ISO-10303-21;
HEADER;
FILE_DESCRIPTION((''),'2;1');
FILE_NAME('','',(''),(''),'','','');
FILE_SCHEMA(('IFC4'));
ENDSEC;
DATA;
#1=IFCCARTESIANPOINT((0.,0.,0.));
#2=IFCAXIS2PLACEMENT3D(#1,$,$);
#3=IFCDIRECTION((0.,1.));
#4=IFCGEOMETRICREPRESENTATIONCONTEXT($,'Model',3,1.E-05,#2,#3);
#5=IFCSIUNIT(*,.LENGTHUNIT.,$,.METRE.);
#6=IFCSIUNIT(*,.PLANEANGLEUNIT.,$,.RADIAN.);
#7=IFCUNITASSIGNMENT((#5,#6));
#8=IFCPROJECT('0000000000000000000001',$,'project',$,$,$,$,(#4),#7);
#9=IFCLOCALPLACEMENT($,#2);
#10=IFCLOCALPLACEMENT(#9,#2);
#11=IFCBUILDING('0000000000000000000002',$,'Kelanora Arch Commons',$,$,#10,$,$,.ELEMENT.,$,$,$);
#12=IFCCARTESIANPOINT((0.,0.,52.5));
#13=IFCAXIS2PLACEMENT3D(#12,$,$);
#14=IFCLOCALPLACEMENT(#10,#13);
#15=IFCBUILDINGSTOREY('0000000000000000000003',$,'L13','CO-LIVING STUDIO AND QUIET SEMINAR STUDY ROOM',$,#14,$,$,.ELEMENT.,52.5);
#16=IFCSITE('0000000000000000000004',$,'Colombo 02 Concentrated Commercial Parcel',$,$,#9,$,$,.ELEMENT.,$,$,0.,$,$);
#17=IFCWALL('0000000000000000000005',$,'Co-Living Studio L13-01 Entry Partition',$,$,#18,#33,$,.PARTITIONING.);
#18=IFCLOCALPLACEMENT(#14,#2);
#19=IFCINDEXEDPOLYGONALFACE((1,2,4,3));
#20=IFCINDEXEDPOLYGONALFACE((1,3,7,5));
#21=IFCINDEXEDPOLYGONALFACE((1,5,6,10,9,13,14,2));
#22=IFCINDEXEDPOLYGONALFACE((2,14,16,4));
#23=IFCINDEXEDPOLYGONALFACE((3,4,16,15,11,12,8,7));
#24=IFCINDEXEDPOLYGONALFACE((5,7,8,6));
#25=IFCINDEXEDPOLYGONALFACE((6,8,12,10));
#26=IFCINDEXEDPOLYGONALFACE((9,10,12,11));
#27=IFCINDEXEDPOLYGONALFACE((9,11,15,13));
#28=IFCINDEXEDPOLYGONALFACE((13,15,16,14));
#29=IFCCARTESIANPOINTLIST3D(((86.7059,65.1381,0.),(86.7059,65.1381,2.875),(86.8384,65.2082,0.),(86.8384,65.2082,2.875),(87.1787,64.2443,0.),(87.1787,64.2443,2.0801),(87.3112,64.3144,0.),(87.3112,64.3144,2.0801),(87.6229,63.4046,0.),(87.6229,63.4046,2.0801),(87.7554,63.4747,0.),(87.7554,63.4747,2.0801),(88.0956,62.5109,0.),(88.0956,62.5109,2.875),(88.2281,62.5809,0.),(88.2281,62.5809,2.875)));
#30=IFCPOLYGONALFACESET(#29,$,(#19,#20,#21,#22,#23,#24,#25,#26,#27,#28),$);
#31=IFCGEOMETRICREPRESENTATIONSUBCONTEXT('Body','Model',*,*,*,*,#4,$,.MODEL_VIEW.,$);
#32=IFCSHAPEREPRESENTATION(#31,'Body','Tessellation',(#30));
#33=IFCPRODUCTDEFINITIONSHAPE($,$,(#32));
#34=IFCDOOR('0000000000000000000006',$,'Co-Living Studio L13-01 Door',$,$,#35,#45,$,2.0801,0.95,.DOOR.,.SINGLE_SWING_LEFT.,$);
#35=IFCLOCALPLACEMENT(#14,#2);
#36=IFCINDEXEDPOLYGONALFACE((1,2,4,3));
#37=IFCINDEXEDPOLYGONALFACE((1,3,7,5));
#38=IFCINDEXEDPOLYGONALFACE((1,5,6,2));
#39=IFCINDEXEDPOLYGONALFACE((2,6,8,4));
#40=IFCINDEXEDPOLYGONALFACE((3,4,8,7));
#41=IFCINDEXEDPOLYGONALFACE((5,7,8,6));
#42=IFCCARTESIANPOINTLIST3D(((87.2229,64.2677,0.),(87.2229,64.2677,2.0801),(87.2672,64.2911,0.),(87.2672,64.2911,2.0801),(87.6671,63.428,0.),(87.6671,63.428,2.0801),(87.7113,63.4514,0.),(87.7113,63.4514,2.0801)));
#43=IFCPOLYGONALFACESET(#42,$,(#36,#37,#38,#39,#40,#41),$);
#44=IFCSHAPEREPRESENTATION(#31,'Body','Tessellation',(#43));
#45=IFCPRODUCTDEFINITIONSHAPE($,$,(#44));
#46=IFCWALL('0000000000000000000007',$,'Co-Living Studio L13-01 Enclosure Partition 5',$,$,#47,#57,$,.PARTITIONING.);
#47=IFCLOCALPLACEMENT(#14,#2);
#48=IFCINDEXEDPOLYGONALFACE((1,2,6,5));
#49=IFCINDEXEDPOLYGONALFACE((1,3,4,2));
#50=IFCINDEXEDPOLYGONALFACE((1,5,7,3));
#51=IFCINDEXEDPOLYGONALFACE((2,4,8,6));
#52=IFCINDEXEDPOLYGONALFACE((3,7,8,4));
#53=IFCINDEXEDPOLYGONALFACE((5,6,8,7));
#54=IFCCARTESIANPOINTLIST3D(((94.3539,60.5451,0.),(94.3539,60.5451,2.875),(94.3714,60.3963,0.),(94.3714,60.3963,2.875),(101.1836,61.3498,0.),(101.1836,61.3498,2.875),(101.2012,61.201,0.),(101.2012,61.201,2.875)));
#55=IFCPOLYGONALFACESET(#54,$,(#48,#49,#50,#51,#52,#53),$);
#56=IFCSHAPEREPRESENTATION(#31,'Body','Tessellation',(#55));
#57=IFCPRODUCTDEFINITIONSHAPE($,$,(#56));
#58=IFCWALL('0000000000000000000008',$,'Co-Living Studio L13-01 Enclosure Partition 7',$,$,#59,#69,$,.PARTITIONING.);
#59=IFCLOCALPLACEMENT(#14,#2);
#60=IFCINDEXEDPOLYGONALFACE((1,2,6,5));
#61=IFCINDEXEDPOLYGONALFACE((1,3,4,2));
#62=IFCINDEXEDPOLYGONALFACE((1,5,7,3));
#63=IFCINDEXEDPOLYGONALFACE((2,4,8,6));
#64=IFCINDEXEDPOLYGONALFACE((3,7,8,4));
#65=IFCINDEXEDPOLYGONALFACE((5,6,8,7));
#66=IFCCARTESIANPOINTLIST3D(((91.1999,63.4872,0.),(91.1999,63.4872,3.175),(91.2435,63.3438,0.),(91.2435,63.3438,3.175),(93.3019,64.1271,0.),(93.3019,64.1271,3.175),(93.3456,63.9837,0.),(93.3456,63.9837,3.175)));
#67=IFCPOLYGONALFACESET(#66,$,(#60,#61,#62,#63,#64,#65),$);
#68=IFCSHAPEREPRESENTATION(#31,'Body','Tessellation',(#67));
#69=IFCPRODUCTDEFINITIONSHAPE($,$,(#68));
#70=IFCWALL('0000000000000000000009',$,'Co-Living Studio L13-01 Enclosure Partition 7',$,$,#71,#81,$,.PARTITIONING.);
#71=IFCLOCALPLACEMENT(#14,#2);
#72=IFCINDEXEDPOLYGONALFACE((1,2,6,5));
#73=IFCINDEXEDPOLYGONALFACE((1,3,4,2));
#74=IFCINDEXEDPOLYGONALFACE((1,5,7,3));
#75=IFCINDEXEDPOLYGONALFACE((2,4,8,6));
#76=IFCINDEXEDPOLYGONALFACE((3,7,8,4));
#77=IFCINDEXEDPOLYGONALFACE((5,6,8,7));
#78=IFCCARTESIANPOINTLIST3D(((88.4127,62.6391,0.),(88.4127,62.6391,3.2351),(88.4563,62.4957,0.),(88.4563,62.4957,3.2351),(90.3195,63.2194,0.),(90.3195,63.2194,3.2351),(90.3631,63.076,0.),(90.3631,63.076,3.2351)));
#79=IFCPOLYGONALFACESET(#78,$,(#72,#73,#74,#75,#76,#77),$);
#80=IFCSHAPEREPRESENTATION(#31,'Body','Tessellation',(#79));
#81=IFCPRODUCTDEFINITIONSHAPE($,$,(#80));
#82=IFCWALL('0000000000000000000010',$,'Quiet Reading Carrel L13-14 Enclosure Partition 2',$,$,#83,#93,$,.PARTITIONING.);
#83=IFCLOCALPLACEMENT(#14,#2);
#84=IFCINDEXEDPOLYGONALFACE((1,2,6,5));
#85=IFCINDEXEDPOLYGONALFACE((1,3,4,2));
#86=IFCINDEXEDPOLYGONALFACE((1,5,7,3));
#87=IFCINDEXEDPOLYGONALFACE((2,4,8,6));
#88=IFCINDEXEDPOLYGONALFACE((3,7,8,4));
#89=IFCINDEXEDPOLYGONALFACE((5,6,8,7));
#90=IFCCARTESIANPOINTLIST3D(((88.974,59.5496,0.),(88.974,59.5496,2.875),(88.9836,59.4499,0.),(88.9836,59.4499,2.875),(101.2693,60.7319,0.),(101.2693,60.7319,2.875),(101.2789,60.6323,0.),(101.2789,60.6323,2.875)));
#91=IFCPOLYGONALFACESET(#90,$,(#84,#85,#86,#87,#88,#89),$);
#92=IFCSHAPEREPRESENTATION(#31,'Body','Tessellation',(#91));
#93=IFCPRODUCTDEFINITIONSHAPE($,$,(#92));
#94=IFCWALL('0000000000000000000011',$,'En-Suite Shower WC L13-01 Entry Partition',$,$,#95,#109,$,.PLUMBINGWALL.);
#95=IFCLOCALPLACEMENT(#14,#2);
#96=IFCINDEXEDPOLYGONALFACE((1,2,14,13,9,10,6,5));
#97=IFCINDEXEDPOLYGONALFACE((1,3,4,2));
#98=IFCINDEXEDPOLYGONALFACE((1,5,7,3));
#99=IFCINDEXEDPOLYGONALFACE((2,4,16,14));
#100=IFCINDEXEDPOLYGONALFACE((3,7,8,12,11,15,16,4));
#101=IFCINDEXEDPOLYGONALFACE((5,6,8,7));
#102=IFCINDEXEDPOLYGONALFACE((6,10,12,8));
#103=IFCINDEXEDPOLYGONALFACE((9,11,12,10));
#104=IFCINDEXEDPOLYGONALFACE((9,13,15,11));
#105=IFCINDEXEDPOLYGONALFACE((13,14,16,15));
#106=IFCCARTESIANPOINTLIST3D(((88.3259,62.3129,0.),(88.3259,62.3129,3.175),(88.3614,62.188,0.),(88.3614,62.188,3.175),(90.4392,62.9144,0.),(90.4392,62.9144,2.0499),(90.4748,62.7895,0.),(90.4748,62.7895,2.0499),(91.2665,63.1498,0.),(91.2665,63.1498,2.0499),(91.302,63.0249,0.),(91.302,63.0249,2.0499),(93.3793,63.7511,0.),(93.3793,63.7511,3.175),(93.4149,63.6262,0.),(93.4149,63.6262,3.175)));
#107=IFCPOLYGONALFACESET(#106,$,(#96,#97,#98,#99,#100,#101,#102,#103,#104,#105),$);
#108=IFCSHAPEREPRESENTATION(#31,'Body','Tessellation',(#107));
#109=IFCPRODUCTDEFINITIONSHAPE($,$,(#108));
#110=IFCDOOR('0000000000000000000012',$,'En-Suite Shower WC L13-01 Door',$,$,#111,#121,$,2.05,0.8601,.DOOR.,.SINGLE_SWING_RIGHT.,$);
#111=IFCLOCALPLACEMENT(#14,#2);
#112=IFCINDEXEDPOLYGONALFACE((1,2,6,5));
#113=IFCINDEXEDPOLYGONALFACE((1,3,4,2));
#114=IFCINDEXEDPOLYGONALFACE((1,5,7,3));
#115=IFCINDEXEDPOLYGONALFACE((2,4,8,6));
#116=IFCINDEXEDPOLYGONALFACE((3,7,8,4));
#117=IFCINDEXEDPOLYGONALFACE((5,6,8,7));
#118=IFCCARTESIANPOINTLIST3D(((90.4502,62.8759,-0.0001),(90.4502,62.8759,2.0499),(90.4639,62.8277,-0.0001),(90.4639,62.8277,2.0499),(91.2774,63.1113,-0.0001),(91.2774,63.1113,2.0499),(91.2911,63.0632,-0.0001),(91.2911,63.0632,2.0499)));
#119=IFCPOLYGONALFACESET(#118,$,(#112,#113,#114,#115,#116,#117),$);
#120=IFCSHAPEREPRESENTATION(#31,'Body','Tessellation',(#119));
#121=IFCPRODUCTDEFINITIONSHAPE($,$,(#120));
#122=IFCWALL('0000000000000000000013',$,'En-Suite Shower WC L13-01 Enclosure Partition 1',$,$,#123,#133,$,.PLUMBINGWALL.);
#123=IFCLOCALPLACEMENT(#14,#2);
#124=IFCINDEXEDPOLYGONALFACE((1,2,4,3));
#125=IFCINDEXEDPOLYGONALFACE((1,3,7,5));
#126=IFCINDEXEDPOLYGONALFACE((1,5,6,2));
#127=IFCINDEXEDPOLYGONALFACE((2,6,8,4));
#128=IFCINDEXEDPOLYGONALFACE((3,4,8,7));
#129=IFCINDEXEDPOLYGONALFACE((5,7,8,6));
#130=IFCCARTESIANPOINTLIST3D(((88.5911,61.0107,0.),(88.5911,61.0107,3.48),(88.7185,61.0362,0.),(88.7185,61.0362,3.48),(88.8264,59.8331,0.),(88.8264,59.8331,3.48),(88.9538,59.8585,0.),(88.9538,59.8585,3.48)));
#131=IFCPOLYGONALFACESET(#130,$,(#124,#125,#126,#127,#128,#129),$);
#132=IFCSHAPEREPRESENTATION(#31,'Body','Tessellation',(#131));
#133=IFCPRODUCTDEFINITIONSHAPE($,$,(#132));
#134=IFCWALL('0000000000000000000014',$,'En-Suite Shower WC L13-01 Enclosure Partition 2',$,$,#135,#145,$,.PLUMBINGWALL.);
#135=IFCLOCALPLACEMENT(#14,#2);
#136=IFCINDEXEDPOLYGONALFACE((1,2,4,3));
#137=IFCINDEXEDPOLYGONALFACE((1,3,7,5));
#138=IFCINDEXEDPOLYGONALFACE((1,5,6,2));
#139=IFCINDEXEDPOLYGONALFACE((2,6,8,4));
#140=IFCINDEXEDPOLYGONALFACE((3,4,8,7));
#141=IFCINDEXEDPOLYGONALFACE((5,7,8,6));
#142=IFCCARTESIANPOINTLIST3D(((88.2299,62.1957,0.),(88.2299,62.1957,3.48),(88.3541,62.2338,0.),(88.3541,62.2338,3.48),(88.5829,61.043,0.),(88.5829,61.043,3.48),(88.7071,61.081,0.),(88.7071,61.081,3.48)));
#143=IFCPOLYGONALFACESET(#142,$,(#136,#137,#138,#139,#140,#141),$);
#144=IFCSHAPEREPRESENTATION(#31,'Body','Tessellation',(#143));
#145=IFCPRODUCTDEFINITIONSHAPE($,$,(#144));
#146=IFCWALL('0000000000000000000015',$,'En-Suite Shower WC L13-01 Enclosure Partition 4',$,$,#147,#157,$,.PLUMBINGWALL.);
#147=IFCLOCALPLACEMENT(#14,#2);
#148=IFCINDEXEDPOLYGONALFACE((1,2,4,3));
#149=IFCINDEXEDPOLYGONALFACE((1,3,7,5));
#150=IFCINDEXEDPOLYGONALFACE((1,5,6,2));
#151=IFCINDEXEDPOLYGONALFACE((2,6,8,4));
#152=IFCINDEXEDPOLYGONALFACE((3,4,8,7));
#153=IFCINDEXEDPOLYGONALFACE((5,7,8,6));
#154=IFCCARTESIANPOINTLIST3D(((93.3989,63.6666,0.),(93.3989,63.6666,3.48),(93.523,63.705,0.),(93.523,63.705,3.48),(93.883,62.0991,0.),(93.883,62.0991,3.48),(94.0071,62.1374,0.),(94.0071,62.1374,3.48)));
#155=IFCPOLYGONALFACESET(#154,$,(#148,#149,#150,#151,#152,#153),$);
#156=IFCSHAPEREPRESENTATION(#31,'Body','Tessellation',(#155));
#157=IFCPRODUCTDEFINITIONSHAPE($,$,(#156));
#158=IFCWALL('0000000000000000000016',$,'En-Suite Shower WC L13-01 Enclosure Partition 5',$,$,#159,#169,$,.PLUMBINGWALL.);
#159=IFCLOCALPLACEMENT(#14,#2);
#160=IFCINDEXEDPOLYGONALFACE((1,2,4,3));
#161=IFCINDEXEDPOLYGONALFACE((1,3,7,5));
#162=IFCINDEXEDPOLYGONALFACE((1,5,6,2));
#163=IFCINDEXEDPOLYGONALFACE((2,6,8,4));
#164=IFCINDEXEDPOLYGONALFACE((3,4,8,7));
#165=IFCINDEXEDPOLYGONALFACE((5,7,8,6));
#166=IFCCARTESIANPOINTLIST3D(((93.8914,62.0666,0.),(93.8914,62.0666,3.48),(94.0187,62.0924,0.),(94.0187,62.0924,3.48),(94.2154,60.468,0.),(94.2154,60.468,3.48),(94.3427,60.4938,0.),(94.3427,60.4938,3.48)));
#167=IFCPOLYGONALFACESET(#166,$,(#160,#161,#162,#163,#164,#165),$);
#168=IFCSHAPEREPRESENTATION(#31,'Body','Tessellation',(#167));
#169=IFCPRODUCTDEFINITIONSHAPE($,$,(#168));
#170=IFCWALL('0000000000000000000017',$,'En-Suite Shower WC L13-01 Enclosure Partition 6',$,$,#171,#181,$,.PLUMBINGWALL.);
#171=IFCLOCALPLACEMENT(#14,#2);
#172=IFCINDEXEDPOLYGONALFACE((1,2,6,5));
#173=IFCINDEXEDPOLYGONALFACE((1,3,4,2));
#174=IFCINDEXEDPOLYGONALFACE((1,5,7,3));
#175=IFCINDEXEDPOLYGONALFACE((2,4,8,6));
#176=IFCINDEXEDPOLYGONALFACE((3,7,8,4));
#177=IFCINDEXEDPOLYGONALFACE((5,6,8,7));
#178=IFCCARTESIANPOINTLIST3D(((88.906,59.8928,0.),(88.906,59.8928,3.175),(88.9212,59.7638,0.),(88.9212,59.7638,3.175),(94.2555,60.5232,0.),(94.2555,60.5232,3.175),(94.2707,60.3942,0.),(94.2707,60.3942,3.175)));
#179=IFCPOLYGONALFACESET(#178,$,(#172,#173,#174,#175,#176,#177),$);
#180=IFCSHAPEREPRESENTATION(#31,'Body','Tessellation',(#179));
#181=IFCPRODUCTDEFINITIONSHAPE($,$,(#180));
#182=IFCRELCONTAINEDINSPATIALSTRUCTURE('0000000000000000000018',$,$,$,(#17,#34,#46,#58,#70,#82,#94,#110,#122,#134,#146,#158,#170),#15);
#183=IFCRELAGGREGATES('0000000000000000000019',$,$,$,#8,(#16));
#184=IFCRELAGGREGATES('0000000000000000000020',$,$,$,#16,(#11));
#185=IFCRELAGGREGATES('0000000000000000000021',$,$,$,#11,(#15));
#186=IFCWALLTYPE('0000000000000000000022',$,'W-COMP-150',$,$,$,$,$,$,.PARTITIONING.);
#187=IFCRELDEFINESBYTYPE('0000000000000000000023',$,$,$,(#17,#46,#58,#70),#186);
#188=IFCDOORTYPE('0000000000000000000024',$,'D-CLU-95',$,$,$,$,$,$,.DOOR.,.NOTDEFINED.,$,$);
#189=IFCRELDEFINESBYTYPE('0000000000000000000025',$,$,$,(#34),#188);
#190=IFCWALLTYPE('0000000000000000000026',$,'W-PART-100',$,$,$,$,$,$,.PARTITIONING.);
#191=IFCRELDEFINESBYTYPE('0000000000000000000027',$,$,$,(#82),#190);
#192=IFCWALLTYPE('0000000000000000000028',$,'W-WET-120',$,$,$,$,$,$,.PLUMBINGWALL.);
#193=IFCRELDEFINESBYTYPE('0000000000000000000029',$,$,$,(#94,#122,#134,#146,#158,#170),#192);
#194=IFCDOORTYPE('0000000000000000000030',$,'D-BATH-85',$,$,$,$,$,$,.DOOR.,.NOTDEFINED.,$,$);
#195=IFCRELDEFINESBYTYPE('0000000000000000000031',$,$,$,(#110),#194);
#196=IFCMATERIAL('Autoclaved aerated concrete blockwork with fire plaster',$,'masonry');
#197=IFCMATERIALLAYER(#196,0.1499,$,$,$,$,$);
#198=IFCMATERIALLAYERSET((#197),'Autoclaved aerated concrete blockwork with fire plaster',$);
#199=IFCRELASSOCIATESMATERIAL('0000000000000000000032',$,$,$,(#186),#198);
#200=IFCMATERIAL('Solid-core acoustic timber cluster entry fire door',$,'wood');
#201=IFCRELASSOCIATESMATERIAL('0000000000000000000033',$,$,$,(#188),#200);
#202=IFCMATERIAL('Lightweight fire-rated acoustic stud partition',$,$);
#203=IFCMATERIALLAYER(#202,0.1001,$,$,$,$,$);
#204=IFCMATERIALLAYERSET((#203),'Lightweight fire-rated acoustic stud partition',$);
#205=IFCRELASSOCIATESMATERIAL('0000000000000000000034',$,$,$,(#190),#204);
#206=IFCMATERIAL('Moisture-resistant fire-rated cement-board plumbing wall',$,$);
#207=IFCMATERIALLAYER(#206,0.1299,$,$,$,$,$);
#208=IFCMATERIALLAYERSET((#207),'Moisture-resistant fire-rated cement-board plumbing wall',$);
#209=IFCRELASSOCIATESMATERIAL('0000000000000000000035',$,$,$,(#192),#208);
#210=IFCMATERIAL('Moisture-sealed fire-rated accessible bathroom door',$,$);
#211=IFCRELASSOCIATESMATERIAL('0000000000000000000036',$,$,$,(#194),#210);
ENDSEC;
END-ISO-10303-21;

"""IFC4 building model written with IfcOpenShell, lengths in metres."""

from ifc_helpers import new_model, si_unit, direction, frame, frame_2d, origin, place, context, subcontext, project, spatial, rectangle, extrude, material, layer, layer_set, type_object, element, fill, save


model = new_model("IFC4")

# Units and contexts
model_context = context("Model", 3, precision=1e-05, world=origin(), true_north=direction((0.0, 1.0)))
body_context = subcontext(model_context, "Body", "Model", "MODEL_VIEW")
ifc_project = project(units=[si_unit("LENGTHUNIT", "METRE"), si_unit("PLANEANGLEUNIT", "RADIAN")], contexts=[model_context])

# Site, building, storey
site_placement = place(None, origin())
site = spatial("IfcSite", under=ifc_project, at=site_placement, Name="Colombo 02 Concentrated Commercial Parcel", CompositionType="ELEMENT", RefElevation=0.0)
building_placement = place(site_placement, origin())
building = spatial("IfcBuilding", under=site, at=building_placement, Name="Kelanora Arch Commons", CompositionType="ELEMENT")
storey_placement = place(building_placement, frame((0.0, 0.0, 52.5)))
storey = spatial("IfcBuildingStorey", under=building, at=storey_placement, Name="L13", Description="CO-LIVING STUDIO AND QUIET SEMINAR STUDY ROOM", CompositionType="ELEMENT", Elevation=52.5)

# Wall, opening, door
ifc_material_1 = material(Name="Autoclaved aerated concrete blockwork with fire plaster", Category="masonry")
ifc_layer_1 = layer(ifc_material_1, 0.1499)
ifc_layer_set_1 = layer_set([ifc_layer_1], Name="Autoclaved aerated concrete blockwork with fire plaster")
wall_type_1 = type_object("IfcWallType", Name="W-COMP-150", PredefinedType="PARTITIONING", material=ifc_layer_set_1)
wall_1_placement = place(storey_placement, frame((88.1619, 62.5459, 0.0), z_axis=(0.0, 0.0, 1.0), x_axis=(-0.467567, 0.883958, 0.0)))
wall_1 = element("IfcWall", 1, at=wall_1_placement, inside=storey, type_object=wall_type_1, Name="Co-Living Studio L13-01 Entry Partition", PredefinedType="PARTITIONING", context=body_context, shape_type="SweptSolid", body=[
    extrude(rectangle(XDim=2.9722, YDim=0.1499, at=frame_2d((1.4861, 0.0))), origin(), (0.0, 0.0, 1.0), 2.875),
])
opening_1_placement = place(wall_1_placement, frame((1.011, 0.0, 0.0)))
opening_1 = element("IfcOpeningElement", 2, at=opening_1_placement, cuts=wall_1, PredefinedType="OPENING", context=body_context, shape_type="SweptSolid", body=[
    extrude(rectangle(XDim=0.95, YDim=2.0801, at=frame_2d((0.4751, 1.04))), frame((0.0, 0.085, 0.0), z_axis=(0.0, -1.0, 0.0), x_axis=(1.0, 0.0, 0.0)), (0.0, 0.0, 1.0), 0.1699),
])
ifc_material_2 = material(Name="Solid-core acoustic timber cluster entry fire door", Category="wood")
door_type_1 = type_object("IfcDoorType", Name="D-CLU-95", OperationType="NOTDEFINED", PredefinedType="DOOR", material=ifc_material_2)
door_1_placement = place(opening_1_placement, origin())
door_1 = element("IfcDoor", 3, at=door_1_placement, inside=storey, type_object=door_type_1, Name="Co-Living Studio L13-01 Door", OperationType="SINGLE_SWING_LEFT", OverallHeight=2.0801, OverallWidth=0.95, PredefinedType="DOOR", context=body_context, shape_type="SweptSolid", body=[
    extrude(rectangle(XDim=0.95, YDim=2.0801, at=frame_2d((0.4751, 1.04))), frame((0.0, 0.0249, 0.0), z_axis=(0.0, -1.0, 0.0), x_axis=(1.0, 0.0, 0.0)), (0.0, 0.0, 1.0), 0.05),
])
fill(opening_1, door_1)

# Walls
wall_2_placement = place(storey_placement, frame((101.1924, 61.2754, 0.0), z_axis=(0.0, 0.0, 1.0), x_axis=(-0.99313, -0.117014, 0.0)))
element("IfcWall", 4, at=wall_2_placement, inside=storey, type_object=wall_type_1, Name="Co-Living Studio L13-01 Enclosure Partition 5", PredefinedType="PARTITIONING", context=body_context, shape_type="SweptSolid", body=[
    extrude(rectangle(XDim=6.877, YDim=0.1499, at=frame_2d((3.4385, 0.0))), origin(), (0.0, 0.0, 1.0), 2.875),
])
wall_3_placement = place(storey_placement, frame((93.3237, 64.0554, 0.0), z_axis=(0.0, 0.0, 1.0), x_axis=(-0.956656, -0.291219, 0.0)))
element("IfcWall", 5, at=wall_3_placement, inside=storey, type_object=wall_type_1, Name="Co-Living Studio L13-01 Enclosure Partition 7", PredefinedType="PARTITIONING", context=body_context, shape_type="SweptSolid", body=[
    extrude(rectangle(XDim=2.1973, YDim=0.1499, at=frame_2d((1.0986, 0.0))), origin(), (0.0, 0.0, 1.0), 3.175),
])
wall_4_placement = place(storey_placement, frame((90.3413, 63.1477, 0.0), z_axis=(0.0, 0.0, 1.0), x_axis=(-0.956672, -0.291166, 0.0)))
element("IfcWall", 6, at=wall_4_placement, inside=storey, type_object=wall_type_1, Name="Co-Living Studio L13-01 Enclosure Partition 7", PredefinedType="PARTITIONING", context=body_context, shape_type="SweptSolid", body=[
    extrude(rectangle(XDim=1.9932, YDim=0.1499, at=frame_2d((0.9966, 0.0))), origin(), (0.0, 0.0, 1.0), 3.2351),
])
ifc_material_3 = material(Name="Lightweight fire-rated acoustic stud partition")
ifc_layer_2 = layer(ifc_material_3, 0.1001)
ifc_layer_set_2 = layer_set([ifc_layer_2], Name="Lightweight fire-rated acoustic stud partition")
wall_type_2 = type_object("IfcWallType", Name="W-PART-100", PredefinedType="PARTITIONING", material=ifc_layer_set_2)
wall_5_placement = place(storey_placement, frame((88.9788, 59.4998, 0.0), z_axis=(0.0, 0.0, 1.0), x_axis=(0.995408, 0.095722, 0.0)))
element("IfcWall", 7, at=wall_5_placement, inside=storey, type_object=wall_type_2, Name="Quiet Reading Carrel L13-14 Enclosure Partition 2", PredefinedType="PARTITIONING", context=body_context, shape_type="SweptSolid", body=[
    extrude(rectangle(XDim=12.3521, YDim=0.1001, at=frame_2d((6.176, 0.0))), origin(), (0.0, 0.0, 1.0), 2.875),
])

# Wall, opening, door
ifc_material_4 = material(Name="Moisture-resistant fire-rated cement-board plumbing wall")
ifc_layer_3 = layer(ifc_material_4, 0.1299)
ifc_layer_set_3 = layer_set([ifc_layer_3], Name="Moisture-resistant fire-rated cement-board plumbing wall")
wall_type_3 = type_object("IfcWallType", Name="W-WET-120", PredefinedType="PLUMBINGWALL", material=ifc_layer_set_3)
wall_6_placement = place(storey_placement, frame((88.3438, 62.2505, 0.0), z_axis=(0.0, 0.0, 1.0), x_axis=(0.961806, 0.273733, 0.0)))
wall_6 = element("IfcWall", 8, at=wall_6_placement, inside=storey, type_object=wall_type_3, Name="En-Suite Shower WC L13-01 Entry Partition", PredefinedType="PLUMBINGWALL", context=body_context, shape_type="SweptSolid", body=[
    extrude(rectangle(XDim=5.2542, YDim=0.1299, at=frame_2d((2.627, 0.0))), origin(), (0.0, 0.0, 1.0), 3.175),
])
opening_2_placement = place(wall_6_placement, frame((2.197, 0.0, 0.0)))
opening_2 = element("IfcOpeningElement", 9, at=opening_2_placement, cuts=wall_6, PredefinedType="OPENING", context=body_context, shape_type="SweptSolid", body=[
    extrude(rectangle(XDim=0.8601, YDim=2.05, at=frame_2d((0.4302, 1.0249))), frame((0.0, 0.075, 0.0), z_axis=(0.0, -1.0, 0.0), x_axis=(1.0, 0.0, 0.0)), (0.0, 0.0, 1.0), 0.1499),
])
ifc_material_5 = material(Name="Moisture-sealed fire-rated accessible bathroom door")
door_type_2 = type_object("IfcDoorType", Name="D-BATH-85", OperationType="NOTDEFINED", PredefinedType="DOOR", material=ifc_material_5)
door_2_placement = place(opening_2_placement, origin())
door_2 = element("IfcDoor", 10, at=door_2_placement, inside=storey, type_object=door_type_2, Name="En-Suite Shower WC L13-01 Door", OperationType="SINGLE_SWING_RIGHT", OverallHeight=2.05, OverallWidth=0.8601, PredefinedType="DOOR", context=body_context, shape_type="SweptSolid", body=[
    extrude(rectangle(XDim=0.8601, YDim=2.05, at=frame_2d((0.4302, 1.0249))), frame((0.0, 0.0249, 0.0), z_axis=(0.0, -1.0, 0.0), x_axis=(1.0, 0.0, 0.0)), (0.0, 0.0, 1.0), 0.05),
])
fill(opening_2, door_2)

# Walls
wall_7_placement = place(storey_placement, frame((88.8901, 59.8457, 0.0), z_axis=(0.0, 0.0, 1.0), x_axis=(-0.19596, 0.980612, 0.0)))
element("IfcWall", 11, at=wall_7_placement, inside=storey, type_object=wall_type_3, Name="En-Suite Shower WC L13-01 Enclosure Partition 1", PredefinedType="PLUMBINGWALL", context=body_context, shape_type="SweptSolid", body=[
    extrude(rectangle(XDim=1.2009, YDim=0.1299, at=frame_2d((0.6006, 0.0))), origin(), (0.0, 0.0, 1.0), 3.48),
])
wall_8_placement = place(storey_placement, frame((88.645, 61.062, 0.0), z_axis=(0.0, 0.0, 1.0), x_axis=(-0.292805, 0.956172, 0.0)))
element("IfcWall", 12, at=wall_8_placement, inside=storey, type_object=wall_type_3, Name="En-Suite Shower WC L13-01 Enclosure Partition 2", PredefinedType="PLUMBINGWALL", context=body_context, shape_type="SweptSolid", body=[
    extrude(rectangle(XDim=1.2056, YDim=0.1299, at=frame_2d((0.6028, 0.0))), origin(), (0.0, 0.0, 1.0), 3.48),
])
wall_9_placement = place(storey_placement, frame((93.4609, 63.6858, 0.0), z_axis=(0.0, 0.0, 1.0), x_axis=(0.295079, -0.955473, 0.0)))
element("IfcWall", 13, at=wall_9_placement, inside=storey, type_object=wall_type_3, Name="En-Suite Shower WC L13-01 Enclosure Partition 4", PredefinedType="PLUMBINGWALL", context=body_context, shape_type="SweptSolid", body=[
    extrude(rectangle(XDim=1.6406, YDim=0.1299, at=frame_2d((0.8203, 0.0))), origin(), (0.0, 0.0, 1.0), 3.48),
])
wall_10_placement = place(storey_placement, frame((93.9551, 62.0793, 0.0), z_axis=(0.0, 0.0, 1.0), x_axis=(0.19862, -0.980077, 0.0)))
element("IfcWall", 14, at=wall_10_placement, inside=storey, type_object=wall_type_3, Name="En-Suite Shower WC L13-01 Enclosure Partition 5", PredefinedType="PLUMBINGWALL", context=body_context, shape_type="SweptSolid", body=[
    extrude(rectangle(XDim=1.6311, YDim=0.1299, at=frame_2d((0.8154, 0.0))), origin(), (0.0, 0.0, 1.0), 3.48),
])
wall_11_placement = place(storey_placement, frame((94.2632, 60.4587, 0.0), z_axis=(0.0, 0.0, 1.0), x_axis=(-0.993128, -0.117031, 0.0)))
element("IfcWall", 15, at=wall_11_placement, inside=storey, type_object=wall_type_3, Name="En-Suite Shower WC L13-01 Enclosure Partition 6", PredefinedType="PLUMBINGWALL", context=body_context, shape_type="SweptSolid", body=[
    extrude(rectangle(XDim=5.3865, YDim=0.1299, at=frame_2d((2.6934, 0.0))), origin(), (0.0, 0.0, 1.0), 3.175),
])

save(model, "model.ifc")
